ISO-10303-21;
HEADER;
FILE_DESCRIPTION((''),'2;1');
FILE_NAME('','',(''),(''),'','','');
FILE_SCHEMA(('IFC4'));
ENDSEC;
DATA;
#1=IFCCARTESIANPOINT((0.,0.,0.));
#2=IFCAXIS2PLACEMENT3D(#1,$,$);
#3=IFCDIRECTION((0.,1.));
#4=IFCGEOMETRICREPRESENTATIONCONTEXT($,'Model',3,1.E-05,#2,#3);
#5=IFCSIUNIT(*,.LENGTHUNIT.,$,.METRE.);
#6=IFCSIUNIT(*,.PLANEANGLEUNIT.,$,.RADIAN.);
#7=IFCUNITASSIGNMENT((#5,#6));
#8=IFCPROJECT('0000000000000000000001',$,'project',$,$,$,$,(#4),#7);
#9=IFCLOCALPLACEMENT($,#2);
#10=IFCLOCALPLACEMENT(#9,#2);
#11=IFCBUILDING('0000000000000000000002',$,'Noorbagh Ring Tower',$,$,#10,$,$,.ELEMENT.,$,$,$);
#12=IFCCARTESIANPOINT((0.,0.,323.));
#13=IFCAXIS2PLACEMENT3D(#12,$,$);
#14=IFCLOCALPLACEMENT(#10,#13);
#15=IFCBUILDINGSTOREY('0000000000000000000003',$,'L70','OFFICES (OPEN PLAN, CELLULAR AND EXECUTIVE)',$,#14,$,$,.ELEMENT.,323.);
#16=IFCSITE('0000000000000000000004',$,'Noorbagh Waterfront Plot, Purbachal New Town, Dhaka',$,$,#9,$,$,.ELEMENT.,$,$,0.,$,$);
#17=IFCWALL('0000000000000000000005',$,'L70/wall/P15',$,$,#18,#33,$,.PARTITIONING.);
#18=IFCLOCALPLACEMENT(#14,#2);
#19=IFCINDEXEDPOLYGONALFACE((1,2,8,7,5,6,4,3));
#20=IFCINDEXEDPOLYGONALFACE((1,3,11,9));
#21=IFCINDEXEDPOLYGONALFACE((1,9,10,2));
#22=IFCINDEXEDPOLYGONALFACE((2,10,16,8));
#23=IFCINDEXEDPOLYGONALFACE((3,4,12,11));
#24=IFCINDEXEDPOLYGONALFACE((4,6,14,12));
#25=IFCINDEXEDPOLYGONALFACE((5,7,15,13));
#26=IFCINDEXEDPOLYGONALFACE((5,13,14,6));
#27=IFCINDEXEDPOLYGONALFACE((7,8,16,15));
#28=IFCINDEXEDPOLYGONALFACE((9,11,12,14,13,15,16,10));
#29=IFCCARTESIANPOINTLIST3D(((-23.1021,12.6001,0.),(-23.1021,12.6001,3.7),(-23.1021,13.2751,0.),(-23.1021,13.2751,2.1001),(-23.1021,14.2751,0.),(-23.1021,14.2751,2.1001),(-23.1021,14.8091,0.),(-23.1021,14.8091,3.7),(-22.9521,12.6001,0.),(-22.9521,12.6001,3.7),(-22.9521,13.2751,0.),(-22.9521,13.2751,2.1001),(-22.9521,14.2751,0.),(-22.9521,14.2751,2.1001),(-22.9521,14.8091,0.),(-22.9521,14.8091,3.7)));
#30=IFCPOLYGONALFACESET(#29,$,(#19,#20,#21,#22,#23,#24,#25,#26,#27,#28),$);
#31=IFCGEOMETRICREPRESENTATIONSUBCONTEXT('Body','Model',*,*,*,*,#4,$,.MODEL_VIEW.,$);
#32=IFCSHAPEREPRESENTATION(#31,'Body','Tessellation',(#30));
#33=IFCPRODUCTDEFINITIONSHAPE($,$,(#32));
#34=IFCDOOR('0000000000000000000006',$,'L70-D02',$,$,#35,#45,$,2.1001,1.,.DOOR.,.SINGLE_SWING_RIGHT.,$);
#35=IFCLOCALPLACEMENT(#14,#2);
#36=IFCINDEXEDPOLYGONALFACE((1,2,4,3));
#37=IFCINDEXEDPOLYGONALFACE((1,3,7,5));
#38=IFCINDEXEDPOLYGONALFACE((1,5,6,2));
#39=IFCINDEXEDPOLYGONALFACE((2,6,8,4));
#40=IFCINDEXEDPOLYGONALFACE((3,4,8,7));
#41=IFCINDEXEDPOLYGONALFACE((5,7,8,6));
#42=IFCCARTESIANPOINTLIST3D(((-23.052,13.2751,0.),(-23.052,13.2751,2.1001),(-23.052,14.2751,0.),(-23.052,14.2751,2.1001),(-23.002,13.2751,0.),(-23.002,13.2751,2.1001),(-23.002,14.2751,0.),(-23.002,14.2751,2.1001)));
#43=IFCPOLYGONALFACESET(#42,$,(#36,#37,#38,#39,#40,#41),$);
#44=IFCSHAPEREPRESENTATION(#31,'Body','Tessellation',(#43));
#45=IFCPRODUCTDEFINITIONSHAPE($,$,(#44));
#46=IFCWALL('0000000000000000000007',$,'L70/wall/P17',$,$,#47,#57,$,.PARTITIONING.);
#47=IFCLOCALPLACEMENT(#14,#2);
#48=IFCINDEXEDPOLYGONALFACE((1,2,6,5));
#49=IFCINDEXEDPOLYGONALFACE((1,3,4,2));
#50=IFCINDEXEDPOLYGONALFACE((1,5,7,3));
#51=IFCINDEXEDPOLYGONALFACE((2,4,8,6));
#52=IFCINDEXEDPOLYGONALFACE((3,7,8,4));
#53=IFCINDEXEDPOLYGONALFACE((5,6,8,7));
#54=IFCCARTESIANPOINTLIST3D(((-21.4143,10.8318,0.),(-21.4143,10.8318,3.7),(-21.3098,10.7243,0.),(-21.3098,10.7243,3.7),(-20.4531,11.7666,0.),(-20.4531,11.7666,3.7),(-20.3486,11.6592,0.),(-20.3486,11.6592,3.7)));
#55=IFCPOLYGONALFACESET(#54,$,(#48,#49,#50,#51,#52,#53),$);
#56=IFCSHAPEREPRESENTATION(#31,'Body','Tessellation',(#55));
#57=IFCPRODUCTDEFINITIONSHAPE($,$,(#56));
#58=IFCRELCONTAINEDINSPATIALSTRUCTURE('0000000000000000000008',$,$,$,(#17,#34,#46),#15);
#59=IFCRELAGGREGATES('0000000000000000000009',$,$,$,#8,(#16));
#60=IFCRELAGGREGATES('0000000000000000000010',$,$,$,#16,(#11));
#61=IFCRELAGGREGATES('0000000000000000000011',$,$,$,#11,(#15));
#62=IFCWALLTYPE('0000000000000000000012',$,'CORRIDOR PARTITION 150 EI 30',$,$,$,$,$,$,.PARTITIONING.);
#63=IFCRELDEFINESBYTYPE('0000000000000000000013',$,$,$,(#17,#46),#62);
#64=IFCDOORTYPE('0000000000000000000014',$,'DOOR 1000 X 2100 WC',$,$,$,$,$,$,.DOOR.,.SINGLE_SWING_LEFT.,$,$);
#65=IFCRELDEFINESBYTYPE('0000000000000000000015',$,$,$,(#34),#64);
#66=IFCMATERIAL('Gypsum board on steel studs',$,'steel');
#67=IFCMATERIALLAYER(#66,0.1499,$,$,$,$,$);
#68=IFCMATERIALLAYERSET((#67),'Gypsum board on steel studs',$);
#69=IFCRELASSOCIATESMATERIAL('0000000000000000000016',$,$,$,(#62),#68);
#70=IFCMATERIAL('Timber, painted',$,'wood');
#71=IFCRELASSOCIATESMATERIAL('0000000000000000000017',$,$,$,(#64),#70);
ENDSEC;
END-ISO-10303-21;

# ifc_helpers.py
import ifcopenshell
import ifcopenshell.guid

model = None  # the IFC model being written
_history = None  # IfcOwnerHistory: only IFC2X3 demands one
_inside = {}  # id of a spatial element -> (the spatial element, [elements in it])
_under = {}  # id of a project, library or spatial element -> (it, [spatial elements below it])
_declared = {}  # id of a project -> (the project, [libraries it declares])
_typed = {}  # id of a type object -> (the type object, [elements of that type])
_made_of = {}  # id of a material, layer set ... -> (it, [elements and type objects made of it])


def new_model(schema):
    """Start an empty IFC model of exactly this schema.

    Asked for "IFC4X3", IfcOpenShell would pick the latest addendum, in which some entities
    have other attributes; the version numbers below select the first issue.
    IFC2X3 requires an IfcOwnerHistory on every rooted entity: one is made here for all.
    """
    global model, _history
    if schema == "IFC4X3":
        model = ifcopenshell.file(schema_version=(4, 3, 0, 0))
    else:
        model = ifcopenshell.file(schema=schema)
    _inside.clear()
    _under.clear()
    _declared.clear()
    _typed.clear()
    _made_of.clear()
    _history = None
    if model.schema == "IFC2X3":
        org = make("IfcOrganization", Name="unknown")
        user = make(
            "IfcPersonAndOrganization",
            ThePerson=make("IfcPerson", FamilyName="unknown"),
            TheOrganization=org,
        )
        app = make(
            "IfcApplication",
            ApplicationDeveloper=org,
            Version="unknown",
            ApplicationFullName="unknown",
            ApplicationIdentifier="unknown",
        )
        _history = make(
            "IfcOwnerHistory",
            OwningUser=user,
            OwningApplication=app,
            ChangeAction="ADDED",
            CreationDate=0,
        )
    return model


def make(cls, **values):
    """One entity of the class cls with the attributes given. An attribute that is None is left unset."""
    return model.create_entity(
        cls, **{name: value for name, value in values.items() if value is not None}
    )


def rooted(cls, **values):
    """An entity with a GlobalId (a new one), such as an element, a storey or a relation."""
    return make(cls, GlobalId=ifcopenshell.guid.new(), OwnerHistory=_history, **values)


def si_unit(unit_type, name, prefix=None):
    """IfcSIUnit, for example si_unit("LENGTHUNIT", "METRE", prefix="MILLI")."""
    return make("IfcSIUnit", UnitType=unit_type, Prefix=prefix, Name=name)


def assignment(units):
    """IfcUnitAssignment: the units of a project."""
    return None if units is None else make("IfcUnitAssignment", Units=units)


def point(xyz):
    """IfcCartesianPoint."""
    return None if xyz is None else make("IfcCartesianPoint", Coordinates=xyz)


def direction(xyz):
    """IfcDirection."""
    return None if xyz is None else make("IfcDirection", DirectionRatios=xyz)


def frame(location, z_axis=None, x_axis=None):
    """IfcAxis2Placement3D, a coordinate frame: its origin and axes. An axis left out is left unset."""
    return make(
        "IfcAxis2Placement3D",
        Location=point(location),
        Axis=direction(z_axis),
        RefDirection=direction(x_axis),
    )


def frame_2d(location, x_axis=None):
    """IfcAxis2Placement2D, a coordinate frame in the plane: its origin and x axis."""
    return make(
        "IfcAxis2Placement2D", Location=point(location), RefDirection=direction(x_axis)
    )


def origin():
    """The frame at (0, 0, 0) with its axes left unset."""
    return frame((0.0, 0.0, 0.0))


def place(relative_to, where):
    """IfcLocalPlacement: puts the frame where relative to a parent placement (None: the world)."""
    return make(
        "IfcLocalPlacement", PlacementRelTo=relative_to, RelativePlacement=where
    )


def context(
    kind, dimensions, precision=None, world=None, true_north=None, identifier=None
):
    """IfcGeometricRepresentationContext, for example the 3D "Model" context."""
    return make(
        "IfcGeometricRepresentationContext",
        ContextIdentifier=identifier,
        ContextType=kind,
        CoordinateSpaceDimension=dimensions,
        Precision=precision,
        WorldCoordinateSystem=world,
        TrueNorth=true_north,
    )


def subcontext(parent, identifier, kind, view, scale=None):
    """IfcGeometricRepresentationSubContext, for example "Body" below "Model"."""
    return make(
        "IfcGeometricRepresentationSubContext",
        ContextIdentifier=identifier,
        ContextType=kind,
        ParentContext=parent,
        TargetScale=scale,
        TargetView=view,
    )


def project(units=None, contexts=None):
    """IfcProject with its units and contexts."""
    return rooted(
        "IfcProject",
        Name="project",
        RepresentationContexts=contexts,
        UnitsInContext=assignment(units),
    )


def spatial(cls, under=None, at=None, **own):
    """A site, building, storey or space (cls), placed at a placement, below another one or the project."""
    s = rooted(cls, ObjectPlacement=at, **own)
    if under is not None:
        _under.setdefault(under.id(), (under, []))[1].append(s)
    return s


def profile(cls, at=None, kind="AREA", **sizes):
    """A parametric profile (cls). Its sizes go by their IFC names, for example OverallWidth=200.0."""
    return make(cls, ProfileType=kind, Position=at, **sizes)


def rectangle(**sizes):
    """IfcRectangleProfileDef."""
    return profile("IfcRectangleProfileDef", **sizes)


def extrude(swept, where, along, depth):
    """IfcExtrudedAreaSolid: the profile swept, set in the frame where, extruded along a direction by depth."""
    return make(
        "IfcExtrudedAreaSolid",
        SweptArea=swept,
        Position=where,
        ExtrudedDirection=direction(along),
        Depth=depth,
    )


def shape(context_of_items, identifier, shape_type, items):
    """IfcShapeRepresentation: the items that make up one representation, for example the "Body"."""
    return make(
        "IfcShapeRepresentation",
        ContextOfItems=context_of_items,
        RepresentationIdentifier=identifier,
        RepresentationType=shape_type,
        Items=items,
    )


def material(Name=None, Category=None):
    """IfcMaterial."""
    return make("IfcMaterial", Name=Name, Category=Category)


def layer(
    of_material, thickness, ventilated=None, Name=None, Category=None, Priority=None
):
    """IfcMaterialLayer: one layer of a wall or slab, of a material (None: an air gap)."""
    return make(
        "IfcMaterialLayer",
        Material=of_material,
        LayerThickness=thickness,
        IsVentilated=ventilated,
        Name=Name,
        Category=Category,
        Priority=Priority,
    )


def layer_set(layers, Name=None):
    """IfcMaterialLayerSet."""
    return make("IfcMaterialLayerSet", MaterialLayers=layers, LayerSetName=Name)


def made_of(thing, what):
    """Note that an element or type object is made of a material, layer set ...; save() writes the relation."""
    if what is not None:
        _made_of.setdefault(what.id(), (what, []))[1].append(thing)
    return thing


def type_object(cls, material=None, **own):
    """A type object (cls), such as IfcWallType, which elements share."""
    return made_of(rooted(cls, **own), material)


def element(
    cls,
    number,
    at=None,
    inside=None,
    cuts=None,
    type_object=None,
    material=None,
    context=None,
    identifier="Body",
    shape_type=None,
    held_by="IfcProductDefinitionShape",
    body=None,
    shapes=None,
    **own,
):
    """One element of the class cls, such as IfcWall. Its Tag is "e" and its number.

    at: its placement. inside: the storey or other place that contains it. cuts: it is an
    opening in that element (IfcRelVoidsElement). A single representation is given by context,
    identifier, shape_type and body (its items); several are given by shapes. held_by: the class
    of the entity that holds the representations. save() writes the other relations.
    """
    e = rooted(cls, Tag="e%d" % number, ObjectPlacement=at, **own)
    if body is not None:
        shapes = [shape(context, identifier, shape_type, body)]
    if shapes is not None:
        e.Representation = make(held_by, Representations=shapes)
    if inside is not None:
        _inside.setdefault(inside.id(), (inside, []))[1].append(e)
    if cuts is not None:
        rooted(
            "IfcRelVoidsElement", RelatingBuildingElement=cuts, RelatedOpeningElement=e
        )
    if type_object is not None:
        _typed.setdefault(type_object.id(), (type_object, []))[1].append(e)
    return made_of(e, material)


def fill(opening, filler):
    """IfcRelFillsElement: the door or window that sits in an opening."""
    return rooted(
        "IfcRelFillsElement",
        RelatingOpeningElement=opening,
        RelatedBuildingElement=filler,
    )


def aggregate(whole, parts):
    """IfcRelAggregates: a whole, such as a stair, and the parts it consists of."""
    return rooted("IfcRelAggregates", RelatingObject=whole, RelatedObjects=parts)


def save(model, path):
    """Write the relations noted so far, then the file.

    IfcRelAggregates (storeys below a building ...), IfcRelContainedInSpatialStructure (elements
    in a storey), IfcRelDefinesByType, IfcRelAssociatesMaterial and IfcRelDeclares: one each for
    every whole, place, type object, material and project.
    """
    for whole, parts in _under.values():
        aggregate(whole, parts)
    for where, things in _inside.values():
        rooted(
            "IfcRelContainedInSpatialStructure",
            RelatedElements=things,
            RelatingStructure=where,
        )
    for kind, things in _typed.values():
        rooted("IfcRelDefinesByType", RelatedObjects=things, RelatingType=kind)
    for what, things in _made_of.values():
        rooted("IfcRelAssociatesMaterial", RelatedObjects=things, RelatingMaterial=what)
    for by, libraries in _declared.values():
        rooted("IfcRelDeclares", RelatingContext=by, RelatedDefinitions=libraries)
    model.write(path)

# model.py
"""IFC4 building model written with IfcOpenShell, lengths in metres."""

from ifc_helpers import new_model, si_unit, direction, frame, frame_2d, origin, place, context, subcontext, project, spatial, rectangle, extrude, material, layer, layer_set, type_object, element, fill, save


model = new_model("IFC4")

# Units and contexts
model_context = context("Model", 3, precision=1e-05, world=origin(), true_north=direction((0.0, 1.0)))
body_context = subcontext(model_context, "Body", "Model", "MODEL_VIEW")
ifc_project = project(units=[si_unit("LENGTHUNIT", "METRE"), si_unit("PLANEANGLEUNIT", "RADIAN")], contexts=[model_context])

# Site, building, storey
site_placement = place(None, origin())
site = spatial("IfcSite", under=ifc_project, at=site_placement, Name="Noorbagh Waterfront Plot, Purbachal New Town, Dhaka", CompositionType="ELEMENT", RefElevation=0.0)
building_placement = place(site_placement, origin())
building = spatial("IfcBuilding", under=site, at=building_placement, Name="Noorbagh Ring Tower", CompositionType="ELEMENT")
storey_placement = place(building_placement, frame((0.0, 0.0, 323.0)))
storey = spatial("IfcBuildingStorey", under=building, at=storey_placement, Name="L70", Description="OFFICES (OPEN PLAN, CELLULAR AND EXECUTIVE)", CompositionType="ELEMENT", Elevation=323.0)

# Shared definitions
ifc_material_1 = material(Name="Gypsum board on steel studs", Category="steel")
ifc_layer_1 = layer(ifc_material_1, 0.1499)
ifc_layer_set_1 = layer_set([ifc_layer_1], Name="Gypsum board on steel studs")
wall_type_1 = type_object("IfcWallType", Name="CORRIDOR PARTITION 150 EI 30", PredefinedType="PARTITIONING", material=ifc_layer_set_1)
ifc_material_2 = material(Name="Timber, painted", Category="wood")
door_type_1 = type_object("IfcDoorType", Name="DOOR 1000 X 2100 WC", OperationType="SINGLE_SWING_LEFT", PredefinedType="DOOR", material=ifc_material_2)

# Wall, opening, door
wall_1_placement = place(storey_placement, frame((-23.0271, 12.6001, 0.0), z_axis=(0.0, 0.0, 1.0), x_axis=(0.0, 1.0, 0.0)))
wall_1 = element("IfcWall", 1, at=wall_1_placement, inside=storey, type_object=wall_type_1, Name="L70/wall/P15", PredefinedType="PARTITIONING", context=body_context, shape_type="SweptSolid", body=[
    extrude(rectangle(XDim=2.209, YDim=0.1499, at=frame_2d((1.1045, 0.0))), origin(), (0.0, 0.0, 1.0), 3.7),
])
opening_1_placement = place(wall_1_placement, frame((0.675, 0.0, 0.0)))
opening_1 = element("IfcOpeningElement", 2, at=opening_1_placement, cuts=wall_1, PredefinedType="OPENING", context=body_context, shape_type="SweptSolid", body=[
    extrude(rectangle(XDim=1.0, YDim=2.1001, at=frame_2d((0.5, 1.05))), frame((0.0, 0.085, 0.0), z_axis=(0.0, -1.0, 0.0), x_axis=(1.0, 0.0, 0.0)), (0.0, 0.0, 1.0), 0.1699),
])
door_1_placement = place(opening_1_placement, origin())
door_1 = element("IfcDoor", 3, at=door_1_placement, inside=storey, type_object=door_type_1, Name="L70-D02", OperationType="SINGLE_SWING_RIGHT", OverallHeight=2.1001, OverallWidth=1.0, PredefinedType="DOOR", context=body_context, shape_type="SweptSolid", body=[
    extrude(rectangle(XDim=1.0, YDim=2.1001, at=frame_2d((0.5, 1.05))), frame((0.0, 0.0249, 0.0), z_axis=(0.0, -1.0, 0.0), x_axis=(1.0, 0.0, 0.0)), (0.0, 0.0, 1.0), 0.05),
])
fill(opening_1, door_1)

# Wall
wall_2_placement = place(storey_placement, frame((-21.3621, 10.7781, 0.0), z_axis=(0.0, 0.0, 1.0), x_axis=(0.716871, 0.697206, 0.0)))
element("IfcWall", 4, at=wall_2_placement, inside=storey, type_object=wall_type_1, Name="L70/wall/P17", PredefinedType="PARTITIONING", context=body_context, shape_type="SweptSolid", body=[
    extrude(rectangle(XDim=1.3408, YDim=0.1499, at=frame_2d((0.6704, 0.0))), origin(), (0.0, 0.0, 1.0), 3.7),
])

save(model, "model.ifc")
